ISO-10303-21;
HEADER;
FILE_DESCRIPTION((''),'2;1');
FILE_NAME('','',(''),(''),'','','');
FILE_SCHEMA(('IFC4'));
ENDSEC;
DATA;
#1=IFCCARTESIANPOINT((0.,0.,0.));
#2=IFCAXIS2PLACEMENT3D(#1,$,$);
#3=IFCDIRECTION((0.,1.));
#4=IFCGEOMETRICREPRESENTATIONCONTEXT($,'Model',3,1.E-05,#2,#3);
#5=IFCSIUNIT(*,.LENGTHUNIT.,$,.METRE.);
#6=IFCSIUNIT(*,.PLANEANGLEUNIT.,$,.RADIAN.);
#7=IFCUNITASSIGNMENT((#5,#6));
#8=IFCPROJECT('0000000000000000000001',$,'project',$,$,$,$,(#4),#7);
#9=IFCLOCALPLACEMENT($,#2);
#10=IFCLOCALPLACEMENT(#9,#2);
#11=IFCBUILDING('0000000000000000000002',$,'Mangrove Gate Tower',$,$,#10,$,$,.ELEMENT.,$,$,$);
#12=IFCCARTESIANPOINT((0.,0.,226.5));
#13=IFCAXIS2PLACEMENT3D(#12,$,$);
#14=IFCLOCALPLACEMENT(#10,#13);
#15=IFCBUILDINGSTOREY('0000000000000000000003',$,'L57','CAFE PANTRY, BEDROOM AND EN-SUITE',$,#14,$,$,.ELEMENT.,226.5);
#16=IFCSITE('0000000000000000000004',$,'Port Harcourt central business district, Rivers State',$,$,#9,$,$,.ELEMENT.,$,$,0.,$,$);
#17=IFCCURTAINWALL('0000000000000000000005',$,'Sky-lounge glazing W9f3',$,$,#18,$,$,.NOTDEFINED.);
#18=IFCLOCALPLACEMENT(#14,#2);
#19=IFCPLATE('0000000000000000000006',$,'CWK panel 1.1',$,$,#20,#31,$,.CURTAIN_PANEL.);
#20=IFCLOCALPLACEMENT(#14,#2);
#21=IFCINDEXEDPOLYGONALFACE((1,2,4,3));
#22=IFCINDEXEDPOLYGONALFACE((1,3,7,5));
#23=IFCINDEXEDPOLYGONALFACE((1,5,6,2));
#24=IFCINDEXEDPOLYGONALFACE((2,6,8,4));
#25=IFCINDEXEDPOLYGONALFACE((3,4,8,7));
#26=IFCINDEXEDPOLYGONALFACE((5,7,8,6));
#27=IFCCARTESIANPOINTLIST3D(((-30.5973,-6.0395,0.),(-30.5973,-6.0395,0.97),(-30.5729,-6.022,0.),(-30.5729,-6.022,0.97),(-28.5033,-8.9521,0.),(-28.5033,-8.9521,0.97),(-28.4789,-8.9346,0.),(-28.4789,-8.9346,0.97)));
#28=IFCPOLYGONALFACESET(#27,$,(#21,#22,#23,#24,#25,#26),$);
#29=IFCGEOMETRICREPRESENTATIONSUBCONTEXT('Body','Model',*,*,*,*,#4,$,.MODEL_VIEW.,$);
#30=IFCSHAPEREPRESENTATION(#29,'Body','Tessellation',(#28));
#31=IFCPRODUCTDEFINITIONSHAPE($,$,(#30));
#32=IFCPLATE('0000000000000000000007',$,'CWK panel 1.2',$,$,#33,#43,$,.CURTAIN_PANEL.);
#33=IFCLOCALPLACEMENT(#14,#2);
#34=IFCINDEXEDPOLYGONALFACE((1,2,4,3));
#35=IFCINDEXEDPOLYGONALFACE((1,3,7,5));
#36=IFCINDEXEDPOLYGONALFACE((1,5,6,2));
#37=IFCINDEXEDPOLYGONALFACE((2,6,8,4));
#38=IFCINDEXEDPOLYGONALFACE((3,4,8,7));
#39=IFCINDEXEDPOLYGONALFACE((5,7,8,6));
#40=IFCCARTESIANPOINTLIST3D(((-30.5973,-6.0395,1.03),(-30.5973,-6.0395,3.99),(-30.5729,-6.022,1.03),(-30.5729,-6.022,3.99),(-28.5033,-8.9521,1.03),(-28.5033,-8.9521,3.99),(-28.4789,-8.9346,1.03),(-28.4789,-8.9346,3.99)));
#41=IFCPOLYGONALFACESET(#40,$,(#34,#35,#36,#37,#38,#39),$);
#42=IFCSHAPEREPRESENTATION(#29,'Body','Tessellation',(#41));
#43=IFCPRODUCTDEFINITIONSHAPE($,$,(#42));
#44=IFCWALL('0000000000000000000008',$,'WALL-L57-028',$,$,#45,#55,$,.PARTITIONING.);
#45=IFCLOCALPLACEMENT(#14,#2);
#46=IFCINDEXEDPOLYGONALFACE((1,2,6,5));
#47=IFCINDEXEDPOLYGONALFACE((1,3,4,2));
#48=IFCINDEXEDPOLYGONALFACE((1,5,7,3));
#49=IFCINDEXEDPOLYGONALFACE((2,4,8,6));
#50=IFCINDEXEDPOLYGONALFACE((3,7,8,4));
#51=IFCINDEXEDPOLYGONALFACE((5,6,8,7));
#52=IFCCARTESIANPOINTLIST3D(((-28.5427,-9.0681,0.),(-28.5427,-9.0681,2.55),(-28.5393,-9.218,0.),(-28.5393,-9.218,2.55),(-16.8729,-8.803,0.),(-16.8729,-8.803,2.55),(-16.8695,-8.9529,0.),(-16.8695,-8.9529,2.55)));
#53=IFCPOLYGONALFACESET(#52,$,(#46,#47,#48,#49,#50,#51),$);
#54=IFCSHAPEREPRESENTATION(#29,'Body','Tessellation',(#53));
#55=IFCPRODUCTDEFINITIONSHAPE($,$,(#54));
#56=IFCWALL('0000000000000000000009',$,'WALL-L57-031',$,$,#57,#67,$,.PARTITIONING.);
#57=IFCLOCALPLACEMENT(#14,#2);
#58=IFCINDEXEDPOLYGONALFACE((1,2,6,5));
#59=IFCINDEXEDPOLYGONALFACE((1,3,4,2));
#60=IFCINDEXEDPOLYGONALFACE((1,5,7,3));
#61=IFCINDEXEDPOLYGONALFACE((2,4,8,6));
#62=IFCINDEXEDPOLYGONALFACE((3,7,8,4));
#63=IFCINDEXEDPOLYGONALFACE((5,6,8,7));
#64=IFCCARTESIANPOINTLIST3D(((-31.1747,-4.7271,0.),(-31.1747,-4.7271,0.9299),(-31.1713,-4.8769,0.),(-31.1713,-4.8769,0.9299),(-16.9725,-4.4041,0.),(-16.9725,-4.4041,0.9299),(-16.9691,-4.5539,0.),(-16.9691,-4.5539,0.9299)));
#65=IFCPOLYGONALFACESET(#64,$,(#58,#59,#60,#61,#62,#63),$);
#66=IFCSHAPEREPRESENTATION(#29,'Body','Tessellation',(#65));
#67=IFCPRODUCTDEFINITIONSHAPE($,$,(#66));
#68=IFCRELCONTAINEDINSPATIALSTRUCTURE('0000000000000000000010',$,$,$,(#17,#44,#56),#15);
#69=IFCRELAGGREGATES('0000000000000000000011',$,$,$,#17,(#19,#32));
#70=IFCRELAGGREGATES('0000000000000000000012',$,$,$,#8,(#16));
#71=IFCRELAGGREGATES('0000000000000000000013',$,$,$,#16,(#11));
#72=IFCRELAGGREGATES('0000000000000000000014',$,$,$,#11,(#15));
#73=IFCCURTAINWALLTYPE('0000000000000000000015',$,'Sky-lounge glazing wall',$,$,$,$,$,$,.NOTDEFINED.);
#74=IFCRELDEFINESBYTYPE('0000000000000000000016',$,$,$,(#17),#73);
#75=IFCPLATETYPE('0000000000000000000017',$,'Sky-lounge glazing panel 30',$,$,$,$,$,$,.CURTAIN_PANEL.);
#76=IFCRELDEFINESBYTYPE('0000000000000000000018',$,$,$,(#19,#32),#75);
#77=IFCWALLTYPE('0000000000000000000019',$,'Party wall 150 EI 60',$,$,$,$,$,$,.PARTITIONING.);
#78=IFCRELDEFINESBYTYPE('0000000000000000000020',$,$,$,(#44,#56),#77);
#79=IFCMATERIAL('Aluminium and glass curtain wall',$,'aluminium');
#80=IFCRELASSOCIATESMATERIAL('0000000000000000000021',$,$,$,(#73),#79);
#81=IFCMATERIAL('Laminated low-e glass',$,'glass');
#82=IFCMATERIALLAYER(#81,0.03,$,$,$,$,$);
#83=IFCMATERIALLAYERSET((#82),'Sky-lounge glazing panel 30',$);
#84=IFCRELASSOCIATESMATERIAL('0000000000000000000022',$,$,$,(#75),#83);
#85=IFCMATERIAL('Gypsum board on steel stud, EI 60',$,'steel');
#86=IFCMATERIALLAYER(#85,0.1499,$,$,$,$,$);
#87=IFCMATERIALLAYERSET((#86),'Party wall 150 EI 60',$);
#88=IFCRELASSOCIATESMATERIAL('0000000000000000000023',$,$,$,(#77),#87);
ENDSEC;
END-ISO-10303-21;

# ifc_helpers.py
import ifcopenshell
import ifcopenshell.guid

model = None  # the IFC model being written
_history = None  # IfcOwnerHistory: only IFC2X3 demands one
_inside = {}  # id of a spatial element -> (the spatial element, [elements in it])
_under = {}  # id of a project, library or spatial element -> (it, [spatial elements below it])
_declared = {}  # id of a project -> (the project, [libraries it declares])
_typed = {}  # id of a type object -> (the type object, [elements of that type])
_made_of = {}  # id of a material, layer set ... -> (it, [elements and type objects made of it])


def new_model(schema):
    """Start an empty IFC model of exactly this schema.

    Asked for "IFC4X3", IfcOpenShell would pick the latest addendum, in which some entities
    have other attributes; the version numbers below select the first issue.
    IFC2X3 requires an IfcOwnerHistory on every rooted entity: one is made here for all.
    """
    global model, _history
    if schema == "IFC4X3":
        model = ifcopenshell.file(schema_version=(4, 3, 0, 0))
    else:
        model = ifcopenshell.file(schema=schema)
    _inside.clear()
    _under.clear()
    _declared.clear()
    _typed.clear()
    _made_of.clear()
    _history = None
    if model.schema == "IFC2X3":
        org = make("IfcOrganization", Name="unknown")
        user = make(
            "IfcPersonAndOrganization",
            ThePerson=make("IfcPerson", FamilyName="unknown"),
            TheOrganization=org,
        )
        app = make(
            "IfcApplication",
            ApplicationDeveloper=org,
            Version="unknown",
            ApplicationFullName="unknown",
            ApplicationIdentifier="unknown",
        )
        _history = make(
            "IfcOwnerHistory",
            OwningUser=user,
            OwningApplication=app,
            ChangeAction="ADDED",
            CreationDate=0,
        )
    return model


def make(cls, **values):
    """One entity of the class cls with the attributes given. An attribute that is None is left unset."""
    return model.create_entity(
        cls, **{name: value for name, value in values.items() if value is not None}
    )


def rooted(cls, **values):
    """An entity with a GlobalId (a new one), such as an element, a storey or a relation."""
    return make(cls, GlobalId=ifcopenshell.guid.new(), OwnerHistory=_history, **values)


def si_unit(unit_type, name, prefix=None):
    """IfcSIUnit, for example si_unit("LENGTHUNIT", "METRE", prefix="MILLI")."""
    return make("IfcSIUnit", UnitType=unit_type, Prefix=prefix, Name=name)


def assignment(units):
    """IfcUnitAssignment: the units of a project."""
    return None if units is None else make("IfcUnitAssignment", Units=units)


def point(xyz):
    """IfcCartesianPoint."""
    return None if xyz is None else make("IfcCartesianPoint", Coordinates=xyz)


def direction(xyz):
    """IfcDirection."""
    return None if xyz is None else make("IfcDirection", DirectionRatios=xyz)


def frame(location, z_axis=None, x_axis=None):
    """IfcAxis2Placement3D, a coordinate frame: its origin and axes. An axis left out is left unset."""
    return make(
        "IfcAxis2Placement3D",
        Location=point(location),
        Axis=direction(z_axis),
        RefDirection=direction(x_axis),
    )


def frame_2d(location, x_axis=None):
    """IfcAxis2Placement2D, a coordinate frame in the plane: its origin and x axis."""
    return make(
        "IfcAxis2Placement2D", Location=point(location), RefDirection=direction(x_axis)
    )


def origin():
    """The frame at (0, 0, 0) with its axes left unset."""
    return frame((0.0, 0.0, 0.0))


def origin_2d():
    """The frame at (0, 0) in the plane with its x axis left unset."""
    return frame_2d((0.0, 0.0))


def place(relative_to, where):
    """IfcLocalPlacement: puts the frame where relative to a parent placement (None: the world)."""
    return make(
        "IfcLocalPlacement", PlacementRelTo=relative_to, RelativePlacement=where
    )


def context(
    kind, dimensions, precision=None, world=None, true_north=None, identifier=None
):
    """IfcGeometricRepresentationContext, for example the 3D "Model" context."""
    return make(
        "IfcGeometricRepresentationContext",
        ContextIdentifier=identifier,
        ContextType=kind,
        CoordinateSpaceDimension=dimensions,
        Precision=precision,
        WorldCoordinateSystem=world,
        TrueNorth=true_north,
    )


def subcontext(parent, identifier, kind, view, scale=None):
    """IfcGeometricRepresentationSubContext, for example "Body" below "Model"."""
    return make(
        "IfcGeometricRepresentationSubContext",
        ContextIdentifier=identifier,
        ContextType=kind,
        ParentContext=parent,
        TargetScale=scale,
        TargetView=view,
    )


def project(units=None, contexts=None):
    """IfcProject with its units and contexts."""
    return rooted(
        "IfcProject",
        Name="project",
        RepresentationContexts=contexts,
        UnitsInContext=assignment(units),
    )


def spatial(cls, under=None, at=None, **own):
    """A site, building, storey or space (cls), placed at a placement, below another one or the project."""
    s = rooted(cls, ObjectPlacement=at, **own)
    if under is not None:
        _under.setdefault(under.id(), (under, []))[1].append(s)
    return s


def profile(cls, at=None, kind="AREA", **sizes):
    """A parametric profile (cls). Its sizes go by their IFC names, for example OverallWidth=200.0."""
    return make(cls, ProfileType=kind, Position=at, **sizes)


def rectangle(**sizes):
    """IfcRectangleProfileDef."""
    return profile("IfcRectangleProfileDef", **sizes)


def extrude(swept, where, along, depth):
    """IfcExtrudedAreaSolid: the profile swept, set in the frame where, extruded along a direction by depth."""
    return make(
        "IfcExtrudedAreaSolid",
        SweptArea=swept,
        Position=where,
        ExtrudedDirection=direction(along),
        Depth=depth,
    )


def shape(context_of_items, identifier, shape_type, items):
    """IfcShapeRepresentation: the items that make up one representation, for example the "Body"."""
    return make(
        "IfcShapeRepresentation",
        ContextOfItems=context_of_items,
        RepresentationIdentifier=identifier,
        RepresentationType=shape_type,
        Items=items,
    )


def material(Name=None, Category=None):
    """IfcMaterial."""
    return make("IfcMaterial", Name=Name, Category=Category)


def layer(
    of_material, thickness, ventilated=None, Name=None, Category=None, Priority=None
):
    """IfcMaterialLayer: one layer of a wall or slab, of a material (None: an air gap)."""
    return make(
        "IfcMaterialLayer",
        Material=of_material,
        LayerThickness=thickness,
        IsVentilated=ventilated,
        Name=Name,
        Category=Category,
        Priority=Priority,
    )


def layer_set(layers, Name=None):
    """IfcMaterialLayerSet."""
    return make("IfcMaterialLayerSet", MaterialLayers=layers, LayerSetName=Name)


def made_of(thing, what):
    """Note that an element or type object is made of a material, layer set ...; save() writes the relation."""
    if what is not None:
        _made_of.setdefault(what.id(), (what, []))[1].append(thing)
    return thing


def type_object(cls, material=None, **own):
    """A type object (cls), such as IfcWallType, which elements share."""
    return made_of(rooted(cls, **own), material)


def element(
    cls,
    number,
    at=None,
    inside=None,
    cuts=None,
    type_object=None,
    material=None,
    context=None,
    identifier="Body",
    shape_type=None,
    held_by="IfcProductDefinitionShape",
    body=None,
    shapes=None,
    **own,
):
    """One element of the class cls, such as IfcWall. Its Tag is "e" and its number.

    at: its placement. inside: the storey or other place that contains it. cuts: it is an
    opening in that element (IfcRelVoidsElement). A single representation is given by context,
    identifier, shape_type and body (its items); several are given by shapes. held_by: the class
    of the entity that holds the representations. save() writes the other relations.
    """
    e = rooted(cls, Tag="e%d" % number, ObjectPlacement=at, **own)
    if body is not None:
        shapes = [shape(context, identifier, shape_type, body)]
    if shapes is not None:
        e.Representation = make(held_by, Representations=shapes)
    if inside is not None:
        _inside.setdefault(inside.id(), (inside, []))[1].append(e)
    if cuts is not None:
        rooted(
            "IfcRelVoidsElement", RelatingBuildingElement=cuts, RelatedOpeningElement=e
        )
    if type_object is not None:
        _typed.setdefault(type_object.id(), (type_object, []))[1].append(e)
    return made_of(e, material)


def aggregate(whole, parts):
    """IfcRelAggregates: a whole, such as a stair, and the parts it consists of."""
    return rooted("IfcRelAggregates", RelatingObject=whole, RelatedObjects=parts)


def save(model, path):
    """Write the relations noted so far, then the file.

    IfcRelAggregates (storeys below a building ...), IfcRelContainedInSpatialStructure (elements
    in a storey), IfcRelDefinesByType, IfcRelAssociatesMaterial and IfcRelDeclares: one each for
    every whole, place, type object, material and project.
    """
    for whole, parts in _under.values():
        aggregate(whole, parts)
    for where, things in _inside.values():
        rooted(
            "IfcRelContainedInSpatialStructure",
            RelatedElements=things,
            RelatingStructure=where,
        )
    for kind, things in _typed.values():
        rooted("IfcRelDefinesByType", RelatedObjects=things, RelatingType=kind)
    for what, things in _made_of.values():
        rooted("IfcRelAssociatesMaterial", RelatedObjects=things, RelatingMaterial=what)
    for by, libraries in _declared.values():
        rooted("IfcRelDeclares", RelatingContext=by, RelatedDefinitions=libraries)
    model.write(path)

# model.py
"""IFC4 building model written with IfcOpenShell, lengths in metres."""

from ifc_helpers import new_model, si_unit, direction, frame, frame_2d, origin, origin_2d, place, context, subcontext, project, spatial, rectangle, extrude, material, layer, layer_set, type_object, element, aggregate, save


model = new_model("IFC4")

# Units and contexts
model_context = context("Model", 3, precision=1e-05, world=origin(), true_north=direction((0.0, 1.0)))
body_context = subcontext(model_context, "Body", "Model", "MODEL_VIEW")
ifc_project = project(units=[si_unit("LENGTHUNIT", "METRE"), si_unit("PLANEANGLEUNIT", "RADIAN")], contexts=[model_context])

# Site, building, storey
site_placement = place(None, origin())
site = spatial("IfcSite", under=ifc_project, at=site_placement, Name="Port Harcourt central business district, Rivers State", CompositionType="ELEMENT", RefElevation=0.0)
building_placement = place(site_placement, origin())
building = spatial("IfcBuilding", under=site, at=building_placement, Name="Mangrove Gate Tower", CompositionType="ELEMENT")
storey_placement = place(building_placement, frame((0.0, 0.0, 226.5)))
storey = spatial("IfcBuildingStorey", under=building, at=storey_placement, Name="L57", Description="CAFE PANTRY, BEDROOM AND EN-SUITE", CompositionType="ELEMENT", Elevation=226.5)

# Curtain wall
ifc_material_1 = material(Name="Aluminium and glass curtain wall", Category="aluminium")
curtain_wall_type = type_object("IfcCurtainWallType", Name="Sky-lounge glazing wall", PredefinedType="NOTDEFINED", material=ifc_material_1)
curtain_wall_1_placement = place(storey_placement, origin())
curtain_wall_1 = element("IfcCurtainWall", 1, at=curtain_wall_1_placement, inside=storey, type_object=curtain_wall_type, Name="Sky-lounge glazing W9f3", PredefinedType="NOTDEFINED")

# Plates
ifc_material_2 = material(Name="Laminated low-e glass", Category="glass")
ifc_layer_1 = layer(ifc_material_2, 0.03)
ifc_layer_set_1 = layer_set([ifc_layer_1], Name="Sky-lounge glazing panel 30")
plate_type = type_object("IfcPlateType", Name="Sky-lounge glazing panel 30", PredefinedType="CURTAIN_PANEL", material=ifc_layer_set_1)
plate_1_placement = place(storey_placement, frame((-29.5381, -7.4871, 0.0), z_axis=(0.0, 0.0, 1.0), x_axis=(0.583736, -0.811943, 0.0)))
plate_1 = element("IfcPlate", 2, at=plate_1_placement, type_object=plate_type, Name="CWK panel 1.1", PredefinedType="CURTAIN_PANEL", context=body_context, shape_type="SweptSolid", body=[
    extrude(rectangle(XDim=3.5872, YDim=0.03, at=origin_2d()), origin(), (0.0, 0.0, 1.0), 0.97),
])
plate_2_placement = place(storey_placement, frame((-29.5381, -7.4871, 1.03), z_axis=(0.0, 0.0, 1.0), x_axis=(0.583736, -0.811943, 0.0)))
plate_2 = element("IfcPlate", 3, at=plate_2_placement, type_object=plate_type, Name="CWK panel 1.2", PredefinedType="CURTAIN_PANEL", context=body_context, shape_type="SweptSolid", body=[
    extrude(rectangle(XDim=3.5872, YDim=0.03, at=origin_2d()), origin(), (0.0, 0.0, 1.0), 2.96),
])
aggregate(curtain_wall_1, [plate_1, plate_2])

# Walls
ifc_material_3 = material(Name="Gypsum board on steel stud, EI 60", Category="steel")
ifc_layer_2 = layer(ifc_material_3, 0.1499)
ifc_layer_set_2 = layer_set([ifc_layer_2], Name="Party wall 150 EI 60")
wall_type_1 = type_object("IfcWallType", Name="Party wall 150 EI 60", PredefinedType="PARTITIONING", material=ifc_layer_set_2)
wall_1_placement = place(storey_placement, frame((-28.541, -9.1431, 0.0), z_axis=(0.0, 0.0, 1.0), x_axis=(0.999742, 0.022714, 0.0)))
element("IfcWall", 4, at=wall_1_placement, inside=storey, type_object=wall_type_1, Name="WALL-L57-028", PredefinedType="PARTITIONING", context=body_context, shape_type="SweptSolid", body=[
    extrude(rectangle(XDim=11.6729, YDim=0.1499, at=frame_2d((5.8364, 0.0))), origin(), (0.0, 0.0, 1.0), 2.55),
])
wall_2_placement = place(storey_placement, frame((-31.1731, -4.802, 0.0), z_axis=(0.0, 0.0, 1.0), x_axis=(0.999741, 0.022737, 0.0)))
element("IfcWall", 5, at=wall_2_placement, inside=storey, type_object=wall_type_1, Name="WALL-L57-031", PredefinedType="PARTITIONING", context=body_context, shape_type="SweptSolid", body=[
    extrude(rectangle(XDim=14.2058, YDim=0.1499, at=frame_2d((7.103, 0.0))), origin(), (0.0, 0.0, 1.0), 0.9299),
])

save(model, "model.ifc")
